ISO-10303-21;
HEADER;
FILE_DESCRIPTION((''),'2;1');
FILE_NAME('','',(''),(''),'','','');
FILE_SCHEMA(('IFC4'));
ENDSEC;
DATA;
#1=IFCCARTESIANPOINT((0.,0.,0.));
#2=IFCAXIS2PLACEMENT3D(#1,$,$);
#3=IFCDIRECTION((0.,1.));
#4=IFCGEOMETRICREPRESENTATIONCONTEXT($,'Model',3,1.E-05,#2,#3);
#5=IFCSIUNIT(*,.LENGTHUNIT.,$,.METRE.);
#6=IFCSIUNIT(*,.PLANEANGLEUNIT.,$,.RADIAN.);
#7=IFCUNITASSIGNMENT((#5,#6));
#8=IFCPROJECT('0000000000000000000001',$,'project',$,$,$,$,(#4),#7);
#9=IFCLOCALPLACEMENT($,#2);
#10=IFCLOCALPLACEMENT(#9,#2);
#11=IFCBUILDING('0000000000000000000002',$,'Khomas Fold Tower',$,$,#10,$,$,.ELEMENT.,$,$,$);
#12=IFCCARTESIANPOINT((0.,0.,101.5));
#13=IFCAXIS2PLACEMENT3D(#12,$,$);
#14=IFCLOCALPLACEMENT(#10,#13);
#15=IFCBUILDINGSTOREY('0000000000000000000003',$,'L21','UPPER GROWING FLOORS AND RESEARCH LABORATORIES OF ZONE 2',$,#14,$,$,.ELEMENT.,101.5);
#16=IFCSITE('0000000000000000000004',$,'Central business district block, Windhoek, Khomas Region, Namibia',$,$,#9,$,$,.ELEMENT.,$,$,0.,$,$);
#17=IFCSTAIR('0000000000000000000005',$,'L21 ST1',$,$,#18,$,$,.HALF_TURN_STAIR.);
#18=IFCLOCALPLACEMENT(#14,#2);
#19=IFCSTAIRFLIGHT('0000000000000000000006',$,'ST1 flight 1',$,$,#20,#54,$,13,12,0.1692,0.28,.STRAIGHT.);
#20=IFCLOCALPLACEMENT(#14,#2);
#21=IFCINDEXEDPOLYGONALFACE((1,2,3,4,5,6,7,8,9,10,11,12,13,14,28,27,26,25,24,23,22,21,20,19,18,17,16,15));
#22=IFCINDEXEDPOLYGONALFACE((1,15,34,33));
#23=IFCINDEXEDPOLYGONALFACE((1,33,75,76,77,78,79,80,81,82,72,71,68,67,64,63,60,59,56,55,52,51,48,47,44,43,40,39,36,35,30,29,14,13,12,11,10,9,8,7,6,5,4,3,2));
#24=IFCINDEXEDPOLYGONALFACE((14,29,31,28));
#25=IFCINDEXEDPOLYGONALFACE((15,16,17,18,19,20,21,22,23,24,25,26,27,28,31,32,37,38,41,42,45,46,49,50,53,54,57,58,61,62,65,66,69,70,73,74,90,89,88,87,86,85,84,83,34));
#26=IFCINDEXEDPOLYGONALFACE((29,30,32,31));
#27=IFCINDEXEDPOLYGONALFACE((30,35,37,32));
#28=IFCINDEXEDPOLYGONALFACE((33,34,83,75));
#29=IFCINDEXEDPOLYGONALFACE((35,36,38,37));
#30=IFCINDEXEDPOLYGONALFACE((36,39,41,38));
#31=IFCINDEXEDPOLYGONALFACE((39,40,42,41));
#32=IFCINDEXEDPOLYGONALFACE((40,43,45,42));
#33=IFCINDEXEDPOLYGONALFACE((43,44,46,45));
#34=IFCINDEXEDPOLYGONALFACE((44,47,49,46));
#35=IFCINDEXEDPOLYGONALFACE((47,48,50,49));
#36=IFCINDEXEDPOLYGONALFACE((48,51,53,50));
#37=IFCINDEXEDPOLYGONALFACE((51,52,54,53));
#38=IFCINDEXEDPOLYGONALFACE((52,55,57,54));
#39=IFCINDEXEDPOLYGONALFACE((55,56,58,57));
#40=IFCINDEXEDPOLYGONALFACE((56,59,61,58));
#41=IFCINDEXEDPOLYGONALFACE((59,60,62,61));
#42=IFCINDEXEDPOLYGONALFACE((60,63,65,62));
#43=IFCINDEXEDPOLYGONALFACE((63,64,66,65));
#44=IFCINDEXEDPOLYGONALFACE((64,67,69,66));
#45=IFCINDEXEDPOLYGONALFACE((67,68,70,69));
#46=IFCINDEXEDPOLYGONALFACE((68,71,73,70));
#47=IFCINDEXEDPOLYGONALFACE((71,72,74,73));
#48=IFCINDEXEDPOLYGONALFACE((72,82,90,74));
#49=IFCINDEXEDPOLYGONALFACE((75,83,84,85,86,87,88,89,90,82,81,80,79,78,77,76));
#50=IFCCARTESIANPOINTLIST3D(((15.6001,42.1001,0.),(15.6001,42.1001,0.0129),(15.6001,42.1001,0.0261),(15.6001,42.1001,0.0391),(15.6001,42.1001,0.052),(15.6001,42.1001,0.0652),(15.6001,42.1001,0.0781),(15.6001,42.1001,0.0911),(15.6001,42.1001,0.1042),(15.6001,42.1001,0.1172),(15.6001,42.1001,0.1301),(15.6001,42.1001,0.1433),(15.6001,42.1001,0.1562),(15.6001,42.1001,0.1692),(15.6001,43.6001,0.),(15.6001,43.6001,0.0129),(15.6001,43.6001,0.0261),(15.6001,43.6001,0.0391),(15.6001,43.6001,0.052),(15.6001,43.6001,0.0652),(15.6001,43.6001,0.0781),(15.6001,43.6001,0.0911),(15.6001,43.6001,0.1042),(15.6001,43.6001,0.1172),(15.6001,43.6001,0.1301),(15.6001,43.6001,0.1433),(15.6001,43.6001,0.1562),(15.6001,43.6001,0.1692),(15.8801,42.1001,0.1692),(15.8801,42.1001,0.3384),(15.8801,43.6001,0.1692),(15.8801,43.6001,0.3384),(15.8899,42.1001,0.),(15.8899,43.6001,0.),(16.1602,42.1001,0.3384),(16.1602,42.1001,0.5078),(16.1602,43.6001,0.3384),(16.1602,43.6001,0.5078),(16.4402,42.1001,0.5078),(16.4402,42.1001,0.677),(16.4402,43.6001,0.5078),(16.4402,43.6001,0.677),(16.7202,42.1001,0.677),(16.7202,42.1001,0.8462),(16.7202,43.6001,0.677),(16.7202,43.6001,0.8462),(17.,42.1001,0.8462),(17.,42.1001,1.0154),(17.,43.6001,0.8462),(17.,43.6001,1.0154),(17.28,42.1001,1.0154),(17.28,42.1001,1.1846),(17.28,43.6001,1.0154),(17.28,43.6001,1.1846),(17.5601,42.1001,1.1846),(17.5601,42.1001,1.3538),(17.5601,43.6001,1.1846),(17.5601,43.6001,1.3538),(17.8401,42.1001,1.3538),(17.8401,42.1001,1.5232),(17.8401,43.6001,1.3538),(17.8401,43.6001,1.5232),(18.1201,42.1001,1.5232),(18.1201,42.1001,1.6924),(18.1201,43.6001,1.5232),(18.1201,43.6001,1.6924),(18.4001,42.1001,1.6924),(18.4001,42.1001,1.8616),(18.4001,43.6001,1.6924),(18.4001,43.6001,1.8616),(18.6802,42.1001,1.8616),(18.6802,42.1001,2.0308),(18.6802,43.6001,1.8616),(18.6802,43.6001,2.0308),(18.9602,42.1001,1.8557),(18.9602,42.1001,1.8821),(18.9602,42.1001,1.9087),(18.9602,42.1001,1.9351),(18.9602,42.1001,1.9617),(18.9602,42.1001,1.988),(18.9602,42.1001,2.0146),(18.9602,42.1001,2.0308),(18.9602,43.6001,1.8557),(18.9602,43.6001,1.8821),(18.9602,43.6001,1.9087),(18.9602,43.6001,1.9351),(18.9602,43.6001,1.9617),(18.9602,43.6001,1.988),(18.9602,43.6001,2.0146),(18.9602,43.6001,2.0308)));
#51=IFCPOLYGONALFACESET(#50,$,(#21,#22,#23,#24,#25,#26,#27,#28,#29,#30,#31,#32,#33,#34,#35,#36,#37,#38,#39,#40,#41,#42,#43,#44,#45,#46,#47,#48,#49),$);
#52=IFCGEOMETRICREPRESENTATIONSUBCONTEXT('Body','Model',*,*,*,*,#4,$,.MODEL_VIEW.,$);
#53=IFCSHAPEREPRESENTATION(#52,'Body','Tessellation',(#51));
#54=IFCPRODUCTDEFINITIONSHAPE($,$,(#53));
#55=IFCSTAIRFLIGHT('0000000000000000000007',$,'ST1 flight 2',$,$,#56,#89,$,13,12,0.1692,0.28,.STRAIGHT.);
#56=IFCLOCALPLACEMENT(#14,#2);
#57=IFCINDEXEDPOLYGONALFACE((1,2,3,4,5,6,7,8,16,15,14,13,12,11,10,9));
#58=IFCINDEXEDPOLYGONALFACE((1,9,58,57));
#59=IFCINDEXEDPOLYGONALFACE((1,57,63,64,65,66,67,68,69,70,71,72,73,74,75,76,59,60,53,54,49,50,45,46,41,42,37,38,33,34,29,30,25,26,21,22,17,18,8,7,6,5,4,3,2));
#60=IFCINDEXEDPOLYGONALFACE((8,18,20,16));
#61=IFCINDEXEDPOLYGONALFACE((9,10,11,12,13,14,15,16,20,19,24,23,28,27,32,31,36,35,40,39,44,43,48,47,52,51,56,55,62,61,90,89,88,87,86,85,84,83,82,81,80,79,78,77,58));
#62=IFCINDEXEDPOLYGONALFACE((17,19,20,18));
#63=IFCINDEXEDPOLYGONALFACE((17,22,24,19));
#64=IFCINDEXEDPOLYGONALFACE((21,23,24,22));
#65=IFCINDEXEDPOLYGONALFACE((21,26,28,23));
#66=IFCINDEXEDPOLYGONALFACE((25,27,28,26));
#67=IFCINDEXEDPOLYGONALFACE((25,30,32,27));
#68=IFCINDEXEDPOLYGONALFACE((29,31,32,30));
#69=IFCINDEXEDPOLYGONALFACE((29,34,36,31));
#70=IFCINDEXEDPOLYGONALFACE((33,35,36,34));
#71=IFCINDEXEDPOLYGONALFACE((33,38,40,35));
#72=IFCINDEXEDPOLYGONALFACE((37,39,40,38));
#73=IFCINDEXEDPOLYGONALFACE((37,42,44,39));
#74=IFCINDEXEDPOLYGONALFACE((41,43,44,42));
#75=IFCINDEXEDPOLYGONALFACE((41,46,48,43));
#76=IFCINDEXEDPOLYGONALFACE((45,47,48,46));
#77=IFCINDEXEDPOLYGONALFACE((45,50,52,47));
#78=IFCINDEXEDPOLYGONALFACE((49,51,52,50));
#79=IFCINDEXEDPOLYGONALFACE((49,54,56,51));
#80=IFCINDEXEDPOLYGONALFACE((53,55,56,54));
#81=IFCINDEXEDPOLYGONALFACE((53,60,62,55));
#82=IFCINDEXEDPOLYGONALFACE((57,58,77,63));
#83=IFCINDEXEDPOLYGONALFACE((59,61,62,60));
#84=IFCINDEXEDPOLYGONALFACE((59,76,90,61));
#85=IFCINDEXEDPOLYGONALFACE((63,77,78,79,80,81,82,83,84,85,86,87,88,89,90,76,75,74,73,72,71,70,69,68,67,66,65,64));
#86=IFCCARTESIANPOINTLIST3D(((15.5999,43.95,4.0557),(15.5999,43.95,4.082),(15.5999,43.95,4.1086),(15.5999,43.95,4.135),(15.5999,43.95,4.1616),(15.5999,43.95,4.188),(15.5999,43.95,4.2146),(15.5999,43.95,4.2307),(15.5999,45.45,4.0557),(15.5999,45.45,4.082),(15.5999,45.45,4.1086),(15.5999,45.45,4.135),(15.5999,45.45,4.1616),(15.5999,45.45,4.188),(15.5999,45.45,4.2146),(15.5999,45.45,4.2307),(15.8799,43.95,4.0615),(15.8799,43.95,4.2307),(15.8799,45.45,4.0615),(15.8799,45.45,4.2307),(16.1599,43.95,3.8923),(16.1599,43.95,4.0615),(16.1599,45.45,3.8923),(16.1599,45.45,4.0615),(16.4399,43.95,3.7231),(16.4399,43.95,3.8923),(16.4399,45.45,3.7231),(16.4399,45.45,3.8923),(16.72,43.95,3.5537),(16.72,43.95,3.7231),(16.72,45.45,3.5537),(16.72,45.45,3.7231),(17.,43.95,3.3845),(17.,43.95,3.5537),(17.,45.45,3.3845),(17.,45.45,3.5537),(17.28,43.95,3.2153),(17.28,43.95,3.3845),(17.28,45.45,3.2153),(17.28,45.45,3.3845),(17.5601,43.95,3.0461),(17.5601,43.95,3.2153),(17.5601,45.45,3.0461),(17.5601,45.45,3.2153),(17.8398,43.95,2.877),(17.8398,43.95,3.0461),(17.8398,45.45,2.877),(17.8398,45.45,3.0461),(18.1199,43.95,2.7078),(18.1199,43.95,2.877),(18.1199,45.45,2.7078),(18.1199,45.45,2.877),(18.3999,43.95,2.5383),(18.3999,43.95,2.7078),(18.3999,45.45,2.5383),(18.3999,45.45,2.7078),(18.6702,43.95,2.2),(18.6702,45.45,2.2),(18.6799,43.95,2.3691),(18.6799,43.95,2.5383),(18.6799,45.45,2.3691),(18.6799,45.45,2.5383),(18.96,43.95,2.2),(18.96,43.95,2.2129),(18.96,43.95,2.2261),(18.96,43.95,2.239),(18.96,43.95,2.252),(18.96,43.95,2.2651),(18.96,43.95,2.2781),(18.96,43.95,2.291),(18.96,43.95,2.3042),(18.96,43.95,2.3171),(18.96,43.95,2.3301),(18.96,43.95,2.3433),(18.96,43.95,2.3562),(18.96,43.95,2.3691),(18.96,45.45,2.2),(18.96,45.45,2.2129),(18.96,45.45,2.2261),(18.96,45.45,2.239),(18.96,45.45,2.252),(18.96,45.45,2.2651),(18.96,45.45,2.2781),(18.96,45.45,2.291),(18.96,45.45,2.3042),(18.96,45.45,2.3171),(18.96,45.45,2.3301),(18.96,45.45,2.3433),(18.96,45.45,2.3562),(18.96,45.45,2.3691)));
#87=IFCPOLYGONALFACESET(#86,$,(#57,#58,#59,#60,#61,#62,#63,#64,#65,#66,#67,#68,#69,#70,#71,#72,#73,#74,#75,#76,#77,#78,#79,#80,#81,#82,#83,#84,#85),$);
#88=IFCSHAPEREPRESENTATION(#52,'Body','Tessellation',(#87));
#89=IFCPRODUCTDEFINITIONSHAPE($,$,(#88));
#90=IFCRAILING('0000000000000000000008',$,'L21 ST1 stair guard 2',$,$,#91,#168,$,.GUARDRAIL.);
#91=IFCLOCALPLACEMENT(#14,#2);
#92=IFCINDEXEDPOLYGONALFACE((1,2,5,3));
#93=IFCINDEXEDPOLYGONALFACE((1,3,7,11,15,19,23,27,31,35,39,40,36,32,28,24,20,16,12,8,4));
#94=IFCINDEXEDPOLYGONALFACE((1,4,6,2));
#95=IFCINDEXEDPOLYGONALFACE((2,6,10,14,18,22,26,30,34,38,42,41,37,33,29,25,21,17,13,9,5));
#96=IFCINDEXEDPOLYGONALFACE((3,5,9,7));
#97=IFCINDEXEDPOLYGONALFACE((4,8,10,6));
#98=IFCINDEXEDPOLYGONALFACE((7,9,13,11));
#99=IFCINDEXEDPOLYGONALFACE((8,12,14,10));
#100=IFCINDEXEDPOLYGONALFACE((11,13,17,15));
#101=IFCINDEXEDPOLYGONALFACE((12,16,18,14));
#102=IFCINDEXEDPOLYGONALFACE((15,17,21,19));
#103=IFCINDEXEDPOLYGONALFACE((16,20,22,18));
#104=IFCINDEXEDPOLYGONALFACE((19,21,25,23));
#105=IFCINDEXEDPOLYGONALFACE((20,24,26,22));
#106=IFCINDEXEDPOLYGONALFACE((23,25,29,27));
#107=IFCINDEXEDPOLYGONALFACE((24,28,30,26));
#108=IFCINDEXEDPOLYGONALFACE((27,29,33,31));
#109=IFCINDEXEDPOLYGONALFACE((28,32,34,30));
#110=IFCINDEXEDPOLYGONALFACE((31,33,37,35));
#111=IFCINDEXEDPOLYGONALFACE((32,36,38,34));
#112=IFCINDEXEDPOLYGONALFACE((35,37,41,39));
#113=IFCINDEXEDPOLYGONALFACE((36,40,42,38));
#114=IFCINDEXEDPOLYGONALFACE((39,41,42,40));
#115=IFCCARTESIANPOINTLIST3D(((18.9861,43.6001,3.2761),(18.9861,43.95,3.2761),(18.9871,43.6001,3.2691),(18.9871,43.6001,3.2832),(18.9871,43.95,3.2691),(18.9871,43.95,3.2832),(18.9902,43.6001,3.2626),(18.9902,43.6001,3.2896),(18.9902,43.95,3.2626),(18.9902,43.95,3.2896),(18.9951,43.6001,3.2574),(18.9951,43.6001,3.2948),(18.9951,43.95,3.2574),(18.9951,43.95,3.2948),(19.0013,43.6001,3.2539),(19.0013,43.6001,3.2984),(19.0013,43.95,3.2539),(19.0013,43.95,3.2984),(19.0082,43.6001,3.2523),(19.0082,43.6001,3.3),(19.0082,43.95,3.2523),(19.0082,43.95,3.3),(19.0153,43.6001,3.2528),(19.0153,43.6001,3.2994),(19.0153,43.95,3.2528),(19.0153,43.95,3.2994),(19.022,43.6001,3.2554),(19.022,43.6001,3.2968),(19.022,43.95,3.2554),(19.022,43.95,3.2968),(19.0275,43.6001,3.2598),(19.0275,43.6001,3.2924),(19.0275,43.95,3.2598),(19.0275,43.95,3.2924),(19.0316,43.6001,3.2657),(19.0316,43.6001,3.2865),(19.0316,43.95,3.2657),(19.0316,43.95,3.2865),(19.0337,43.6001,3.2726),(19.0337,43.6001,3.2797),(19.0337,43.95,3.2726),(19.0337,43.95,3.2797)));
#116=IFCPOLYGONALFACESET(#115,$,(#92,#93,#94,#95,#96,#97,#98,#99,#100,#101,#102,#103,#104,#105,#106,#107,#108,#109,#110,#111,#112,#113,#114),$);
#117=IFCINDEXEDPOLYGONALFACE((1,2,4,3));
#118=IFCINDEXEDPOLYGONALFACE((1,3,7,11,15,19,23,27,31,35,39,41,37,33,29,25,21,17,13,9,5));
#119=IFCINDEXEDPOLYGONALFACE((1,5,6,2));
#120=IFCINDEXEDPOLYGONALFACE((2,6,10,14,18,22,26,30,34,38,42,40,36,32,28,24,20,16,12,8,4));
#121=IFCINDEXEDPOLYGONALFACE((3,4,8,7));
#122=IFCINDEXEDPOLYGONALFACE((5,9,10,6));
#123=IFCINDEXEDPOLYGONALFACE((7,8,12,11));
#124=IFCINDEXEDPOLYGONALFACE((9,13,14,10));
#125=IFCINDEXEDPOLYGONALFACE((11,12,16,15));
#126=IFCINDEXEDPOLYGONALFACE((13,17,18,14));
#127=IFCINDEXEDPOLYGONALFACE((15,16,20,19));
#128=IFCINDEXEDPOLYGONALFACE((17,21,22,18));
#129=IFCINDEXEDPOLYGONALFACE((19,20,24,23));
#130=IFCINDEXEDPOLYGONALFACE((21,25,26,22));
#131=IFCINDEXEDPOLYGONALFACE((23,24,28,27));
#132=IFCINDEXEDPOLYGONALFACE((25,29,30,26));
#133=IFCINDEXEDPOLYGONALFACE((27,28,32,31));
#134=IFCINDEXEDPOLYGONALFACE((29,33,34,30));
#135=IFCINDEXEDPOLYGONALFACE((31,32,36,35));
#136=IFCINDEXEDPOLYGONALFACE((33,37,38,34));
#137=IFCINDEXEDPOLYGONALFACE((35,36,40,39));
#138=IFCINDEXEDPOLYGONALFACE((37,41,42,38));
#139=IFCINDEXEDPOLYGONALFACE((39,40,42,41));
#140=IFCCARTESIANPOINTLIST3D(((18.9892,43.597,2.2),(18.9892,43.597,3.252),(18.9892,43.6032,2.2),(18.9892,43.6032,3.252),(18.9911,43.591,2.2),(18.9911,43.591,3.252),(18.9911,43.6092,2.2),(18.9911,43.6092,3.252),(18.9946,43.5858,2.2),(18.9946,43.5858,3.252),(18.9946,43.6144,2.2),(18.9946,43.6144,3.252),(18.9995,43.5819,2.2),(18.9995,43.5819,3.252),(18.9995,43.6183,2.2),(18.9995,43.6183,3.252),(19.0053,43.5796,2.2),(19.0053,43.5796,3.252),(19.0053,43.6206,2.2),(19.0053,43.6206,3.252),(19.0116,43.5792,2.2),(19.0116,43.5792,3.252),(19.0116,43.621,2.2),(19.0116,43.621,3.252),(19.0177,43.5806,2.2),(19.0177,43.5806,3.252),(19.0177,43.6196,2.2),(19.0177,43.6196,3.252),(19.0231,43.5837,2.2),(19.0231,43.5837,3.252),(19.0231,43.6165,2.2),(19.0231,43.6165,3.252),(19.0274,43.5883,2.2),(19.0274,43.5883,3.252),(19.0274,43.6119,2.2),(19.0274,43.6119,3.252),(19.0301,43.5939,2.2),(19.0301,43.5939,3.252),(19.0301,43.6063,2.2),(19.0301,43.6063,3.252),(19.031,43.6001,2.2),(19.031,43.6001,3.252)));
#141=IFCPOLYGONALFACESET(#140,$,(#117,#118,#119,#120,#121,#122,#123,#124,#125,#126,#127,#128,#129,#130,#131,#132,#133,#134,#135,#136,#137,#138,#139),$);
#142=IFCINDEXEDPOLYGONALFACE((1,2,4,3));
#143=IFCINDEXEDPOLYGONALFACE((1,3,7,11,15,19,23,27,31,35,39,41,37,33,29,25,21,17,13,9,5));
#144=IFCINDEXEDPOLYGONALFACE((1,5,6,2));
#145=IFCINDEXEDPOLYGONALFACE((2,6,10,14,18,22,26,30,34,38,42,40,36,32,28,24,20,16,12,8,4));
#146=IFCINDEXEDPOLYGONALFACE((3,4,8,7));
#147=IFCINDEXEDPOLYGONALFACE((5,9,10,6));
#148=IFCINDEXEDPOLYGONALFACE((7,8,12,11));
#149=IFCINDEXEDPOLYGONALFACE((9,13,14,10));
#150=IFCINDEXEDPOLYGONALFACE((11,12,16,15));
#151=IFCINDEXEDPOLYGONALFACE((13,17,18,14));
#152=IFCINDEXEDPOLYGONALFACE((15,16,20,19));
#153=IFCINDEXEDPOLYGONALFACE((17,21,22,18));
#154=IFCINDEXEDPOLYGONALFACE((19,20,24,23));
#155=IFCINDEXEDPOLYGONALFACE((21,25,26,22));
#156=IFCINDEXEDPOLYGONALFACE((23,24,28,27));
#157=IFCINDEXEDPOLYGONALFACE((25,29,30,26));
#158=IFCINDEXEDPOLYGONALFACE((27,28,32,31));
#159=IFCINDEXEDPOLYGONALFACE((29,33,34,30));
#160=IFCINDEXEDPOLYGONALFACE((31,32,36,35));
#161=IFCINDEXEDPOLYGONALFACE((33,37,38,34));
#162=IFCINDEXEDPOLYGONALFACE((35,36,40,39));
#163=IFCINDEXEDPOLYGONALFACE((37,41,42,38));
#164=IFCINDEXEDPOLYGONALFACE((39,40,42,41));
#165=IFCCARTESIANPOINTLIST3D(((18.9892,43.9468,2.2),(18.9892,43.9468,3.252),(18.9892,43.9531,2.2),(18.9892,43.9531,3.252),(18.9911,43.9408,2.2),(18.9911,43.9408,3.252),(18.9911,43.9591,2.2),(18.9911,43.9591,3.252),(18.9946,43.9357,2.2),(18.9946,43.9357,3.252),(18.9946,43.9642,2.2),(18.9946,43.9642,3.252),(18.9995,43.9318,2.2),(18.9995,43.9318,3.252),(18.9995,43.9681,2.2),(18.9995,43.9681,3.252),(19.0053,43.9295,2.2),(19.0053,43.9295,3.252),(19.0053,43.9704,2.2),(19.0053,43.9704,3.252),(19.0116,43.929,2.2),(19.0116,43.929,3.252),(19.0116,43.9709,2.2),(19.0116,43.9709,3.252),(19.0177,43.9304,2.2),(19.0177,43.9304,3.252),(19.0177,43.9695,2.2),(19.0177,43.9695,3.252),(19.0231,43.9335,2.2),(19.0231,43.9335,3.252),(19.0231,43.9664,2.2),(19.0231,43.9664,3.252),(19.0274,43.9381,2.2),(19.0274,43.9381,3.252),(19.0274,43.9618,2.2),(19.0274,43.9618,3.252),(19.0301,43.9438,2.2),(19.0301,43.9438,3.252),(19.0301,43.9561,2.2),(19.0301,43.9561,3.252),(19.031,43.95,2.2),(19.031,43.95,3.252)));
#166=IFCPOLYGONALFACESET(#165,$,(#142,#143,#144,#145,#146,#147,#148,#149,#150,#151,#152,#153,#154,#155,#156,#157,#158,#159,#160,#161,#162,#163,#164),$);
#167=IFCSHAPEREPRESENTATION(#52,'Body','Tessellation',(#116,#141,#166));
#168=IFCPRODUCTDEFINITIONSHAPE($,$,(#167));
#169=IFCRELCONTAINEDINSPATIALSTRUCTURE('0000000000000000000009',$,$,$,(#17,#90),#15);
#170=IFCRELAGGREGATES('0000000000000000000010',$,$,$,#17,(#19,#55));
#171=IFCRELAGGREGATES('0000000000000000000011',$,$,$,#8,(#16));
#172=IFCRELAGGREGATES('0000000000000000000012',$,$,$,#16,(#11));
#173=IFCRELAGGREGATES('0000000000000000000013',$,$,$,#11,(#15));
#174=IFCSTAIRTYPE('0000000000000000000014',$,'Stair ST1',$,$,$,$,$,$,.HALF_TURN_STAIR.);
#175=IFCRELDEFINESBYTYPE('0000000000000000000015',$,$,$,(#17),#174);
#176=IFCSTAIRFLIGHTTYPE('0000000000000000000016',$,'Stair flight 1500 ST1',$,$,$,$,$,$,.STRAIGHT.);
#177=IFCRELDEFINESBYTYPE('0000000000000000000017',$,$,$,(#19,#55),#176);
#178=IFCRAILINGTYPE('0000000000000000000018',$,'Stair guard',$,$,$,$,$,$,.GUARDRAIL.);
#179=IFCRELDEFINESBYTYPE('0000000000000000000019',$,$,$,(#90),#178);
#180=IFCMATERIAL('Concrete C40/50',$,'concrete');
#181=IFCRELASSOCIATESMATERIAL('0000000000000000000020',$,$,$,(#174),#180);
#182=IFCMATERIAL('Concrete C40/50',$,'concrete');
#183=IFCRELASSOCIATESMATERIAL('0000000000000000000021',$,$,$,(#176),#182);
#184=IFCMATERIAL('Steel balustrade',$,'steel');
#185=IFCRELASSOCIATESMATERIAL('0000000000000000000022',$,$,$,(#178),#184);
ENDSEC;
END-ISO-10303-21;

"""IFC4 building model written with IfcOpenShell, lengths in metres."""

from ifc_helpers import new_model, si_unit, direction, frame, origin, origin_2d, place, context, subcontext, project, spatial, polyline, circle, outline, extrude, source, transform, mapped, material, type_object, element, aggregate, save


model = new_model("IFC4")

# Units and contexts
model_context = context("Model", 3, precision=1e-05, world=origin(), true_north=direction((0.0, 1.0)))
body_context = subcontext(model_context, "Body", "Model", "MODEL_VIEW")
ifc_project = project(units=[si_unit("LENGTHUNIT", "METRE"), si_unit("PLANEANGLEUNIT", "RADIAN")], contexts=[model_context])

# Site, building, storey
site_placement = place(None, origin())
site = spatial("IfcSite", under=ifc_project, at=site_placement, Name="Central business district block, Windhoek, Khomas Region, Namibia", CompositionType="ELEMENT", RefElevation=0.0)
building_placement = place(site_placement, origin())
building = spatial("IfcBuilding", under=site, at=building_placement, Name="Khomas Fold Tower", CompositionType="ELEMENT")
storey_placement = place(building_placement, frame((0.0, 0.0, 101.5)))
storey = spatial("IfcBuildingStorey", under=building, at=storey_placement, Name="L21", Description="UPPER GROWING FLOORS AND RESEARCH LABORATORIES OF ZONE 2", CompositionType="ELEMENT", Elevation=101.5)

# Stair, stair flights
ifc_material_1 = material(Name="Concrete C40/50", Category="concrete")
stair_type = type_object("IfcStairType", Name="Stair ST1", PredefinedType="HALF_TURN_STAIR", material=ifc_material_1)
stair_placement = place(storey_placement, origin())
stair = element("IfcStair", 1, at=stair_placement, inside=storey, type_object=stair_type, Name="L21 ST1", PredefinedType="HALF_TURN_STAIR")
ifc_material_2 = material(Name="Concrete C40/50", Category="concrete")
stair_flight_type = type_object("IfcStairFlightType", Name="Stair flight 1500 ST1", PredefinedType="STRAIGHT", material=ifc_material_2)
shared_shape_1 = source(origin(), body_context, "Body", "SweptSolid", [
    extrude(outline(polyline([(0.0, 0.0), (0.0, 0.0129), (0.0, 0.0261), (0.0, 0.0391), (0.0, 0.052), (0.0, 0.0652), (0.0, 0.0781), (0.0, 0.0911), (0.0, 0.1042), (0.0, 0.1172), (0.0, 0.1301), (0.0, 0.1433), (0.0, 0.1562), (0.0, 0.1692), (0.28, 0.1692), (0.28, 0.3384), (0.5601, 0.3384), (0.5601, 0.5078), (0.8401, 0.5078), (0.8401, 0.677), (1.1201, 0.677), (1.1201, 0.8462), (1.3999, 0.8462), (1.3999, 1.0154), (1.6799, 1.0154), (1.6799, 1.1846), (1.96, 1.1846), (1.96, 1.3538), (2.24, 1.3538), (2.24, 1.5232), (2.52, 1.5232), (2.52, 1.6924), (2.8, 1.6924), (2.8, 1.8616), (3.0801, 1.8616), (3.0801, 2.0308), (3.3601, 2.0308), (3.3601, 2.2), (3.3601, 2.1736), (3.3601, 2.147), (3.3601, 2.1206), (3.3601, 2.094), (3.3601, 2.0676), (3.3601, 2.041), (3.3601, 2.0146), (3.3601, 1.988), (3.3601, 1.9617), (3.3601, 1.9351), (3.3601, 1.9087), (3.3601, 1.8821), (3.3601, 1.8557), (0.2898, 0.0), (0.0, 0.0)])), frame((0.0, 0.75, 0.0), z_axis=(0.0, -1.0, 0.0), x_axis=(1.0, 0.0, 0.0)), (0.0, 0.0, 1.0), 1.5),
])
stair_flight_1_placement = place(storey_placement, frame((15.6001, 42.8501, 0.0), z_axis=(0.0, 0.0, 1.0), x_axis=(1.0, 0.0, 0.0)))
stair_flight_1 = element("IfcStairFlight", 2, at=stair_flight_1_placement, type_object=stair_flight_type, Name="ST1 flight 1", NumberOfRisers=13, NumberOfTreads=12, PredefinedType="STRAIGHT", RiserHeight=0.1692, TreadLength=0.28, context=body_context, shape_type="MappedRepresentation", body=[
    mapped(shared_shape_1, transform((0.0, 0.0, 0.0))),
])
stair_flight_2_placement = place(storey_placement, frame((18.96, 44.7, 2.2), z_axis=(0.0, 0.0, 1.0), x_axis=(-1.0, 0.0, 0.0)))
stair_flight_2 = element("IfcStairFlight", 3, at=stair_flight_2_placement, type_object=stair_flight_type, Name="ST1 flight 2", NumberOfRisers=13, NumberOfTreads=12, PredefinedType="STRAIGHT", RiserHeight=0.1692, TreadLength=0.28, context=body_context, shape_type="MappedRepresentation", body=[
    mapped(shared_shape_1, transform((0.0, 0.0, 0.0))),
])
aggregate(stair, [stair_flight_1, stair_flight_2])

# Railing
ifc_material_3 = material(Name="Steel balustrade", Category="steel")
railing_type_1 = type_object("IfcRailingType", Name="Stair guard", PredefinedType="GUARDRAIL", material=ifc_material_3)
shared_shape_2 = source(origin(), body_context, "Body", "SweptSolid", [
    extrude(circle(Radius=0.0239, at=origin_2d()), frame((0.0, 0.0, 1.0762), z_axis=(0.0, 1.0, 0.0), x_axis=(-1.0, 0.0, 0.0)), (0.0, 0.0, 1.0), 0.3499),
    extrude(circle(Radius=0.021, at=origin_2d()), origin(), (0.0, 0.0, 1.0), 1.052),
    extrude(circle(Radius=0.021, at=origin_2d()), frame((0.0, 0.3499, 0.0)), (0.0, 0.0, 1.0), 1.052),
])
for number, where, name in (
    (4, (19.01, 43.6001, 2.2), "L21 ST1 stair guard 2"),
):
    element("IfcRailing", number, at=place(storey_placement, frame(where)), inside=storey, type_object=railing_type_1, Name=name, PredefinedType="GUARDRAIL", context=body_context, shape_type="MappedRepresentation", body=[
        mapped(shared_shape_2, transform((0.0, 0.0, 0.0))),
    ])

save(model, "model.ifc")
